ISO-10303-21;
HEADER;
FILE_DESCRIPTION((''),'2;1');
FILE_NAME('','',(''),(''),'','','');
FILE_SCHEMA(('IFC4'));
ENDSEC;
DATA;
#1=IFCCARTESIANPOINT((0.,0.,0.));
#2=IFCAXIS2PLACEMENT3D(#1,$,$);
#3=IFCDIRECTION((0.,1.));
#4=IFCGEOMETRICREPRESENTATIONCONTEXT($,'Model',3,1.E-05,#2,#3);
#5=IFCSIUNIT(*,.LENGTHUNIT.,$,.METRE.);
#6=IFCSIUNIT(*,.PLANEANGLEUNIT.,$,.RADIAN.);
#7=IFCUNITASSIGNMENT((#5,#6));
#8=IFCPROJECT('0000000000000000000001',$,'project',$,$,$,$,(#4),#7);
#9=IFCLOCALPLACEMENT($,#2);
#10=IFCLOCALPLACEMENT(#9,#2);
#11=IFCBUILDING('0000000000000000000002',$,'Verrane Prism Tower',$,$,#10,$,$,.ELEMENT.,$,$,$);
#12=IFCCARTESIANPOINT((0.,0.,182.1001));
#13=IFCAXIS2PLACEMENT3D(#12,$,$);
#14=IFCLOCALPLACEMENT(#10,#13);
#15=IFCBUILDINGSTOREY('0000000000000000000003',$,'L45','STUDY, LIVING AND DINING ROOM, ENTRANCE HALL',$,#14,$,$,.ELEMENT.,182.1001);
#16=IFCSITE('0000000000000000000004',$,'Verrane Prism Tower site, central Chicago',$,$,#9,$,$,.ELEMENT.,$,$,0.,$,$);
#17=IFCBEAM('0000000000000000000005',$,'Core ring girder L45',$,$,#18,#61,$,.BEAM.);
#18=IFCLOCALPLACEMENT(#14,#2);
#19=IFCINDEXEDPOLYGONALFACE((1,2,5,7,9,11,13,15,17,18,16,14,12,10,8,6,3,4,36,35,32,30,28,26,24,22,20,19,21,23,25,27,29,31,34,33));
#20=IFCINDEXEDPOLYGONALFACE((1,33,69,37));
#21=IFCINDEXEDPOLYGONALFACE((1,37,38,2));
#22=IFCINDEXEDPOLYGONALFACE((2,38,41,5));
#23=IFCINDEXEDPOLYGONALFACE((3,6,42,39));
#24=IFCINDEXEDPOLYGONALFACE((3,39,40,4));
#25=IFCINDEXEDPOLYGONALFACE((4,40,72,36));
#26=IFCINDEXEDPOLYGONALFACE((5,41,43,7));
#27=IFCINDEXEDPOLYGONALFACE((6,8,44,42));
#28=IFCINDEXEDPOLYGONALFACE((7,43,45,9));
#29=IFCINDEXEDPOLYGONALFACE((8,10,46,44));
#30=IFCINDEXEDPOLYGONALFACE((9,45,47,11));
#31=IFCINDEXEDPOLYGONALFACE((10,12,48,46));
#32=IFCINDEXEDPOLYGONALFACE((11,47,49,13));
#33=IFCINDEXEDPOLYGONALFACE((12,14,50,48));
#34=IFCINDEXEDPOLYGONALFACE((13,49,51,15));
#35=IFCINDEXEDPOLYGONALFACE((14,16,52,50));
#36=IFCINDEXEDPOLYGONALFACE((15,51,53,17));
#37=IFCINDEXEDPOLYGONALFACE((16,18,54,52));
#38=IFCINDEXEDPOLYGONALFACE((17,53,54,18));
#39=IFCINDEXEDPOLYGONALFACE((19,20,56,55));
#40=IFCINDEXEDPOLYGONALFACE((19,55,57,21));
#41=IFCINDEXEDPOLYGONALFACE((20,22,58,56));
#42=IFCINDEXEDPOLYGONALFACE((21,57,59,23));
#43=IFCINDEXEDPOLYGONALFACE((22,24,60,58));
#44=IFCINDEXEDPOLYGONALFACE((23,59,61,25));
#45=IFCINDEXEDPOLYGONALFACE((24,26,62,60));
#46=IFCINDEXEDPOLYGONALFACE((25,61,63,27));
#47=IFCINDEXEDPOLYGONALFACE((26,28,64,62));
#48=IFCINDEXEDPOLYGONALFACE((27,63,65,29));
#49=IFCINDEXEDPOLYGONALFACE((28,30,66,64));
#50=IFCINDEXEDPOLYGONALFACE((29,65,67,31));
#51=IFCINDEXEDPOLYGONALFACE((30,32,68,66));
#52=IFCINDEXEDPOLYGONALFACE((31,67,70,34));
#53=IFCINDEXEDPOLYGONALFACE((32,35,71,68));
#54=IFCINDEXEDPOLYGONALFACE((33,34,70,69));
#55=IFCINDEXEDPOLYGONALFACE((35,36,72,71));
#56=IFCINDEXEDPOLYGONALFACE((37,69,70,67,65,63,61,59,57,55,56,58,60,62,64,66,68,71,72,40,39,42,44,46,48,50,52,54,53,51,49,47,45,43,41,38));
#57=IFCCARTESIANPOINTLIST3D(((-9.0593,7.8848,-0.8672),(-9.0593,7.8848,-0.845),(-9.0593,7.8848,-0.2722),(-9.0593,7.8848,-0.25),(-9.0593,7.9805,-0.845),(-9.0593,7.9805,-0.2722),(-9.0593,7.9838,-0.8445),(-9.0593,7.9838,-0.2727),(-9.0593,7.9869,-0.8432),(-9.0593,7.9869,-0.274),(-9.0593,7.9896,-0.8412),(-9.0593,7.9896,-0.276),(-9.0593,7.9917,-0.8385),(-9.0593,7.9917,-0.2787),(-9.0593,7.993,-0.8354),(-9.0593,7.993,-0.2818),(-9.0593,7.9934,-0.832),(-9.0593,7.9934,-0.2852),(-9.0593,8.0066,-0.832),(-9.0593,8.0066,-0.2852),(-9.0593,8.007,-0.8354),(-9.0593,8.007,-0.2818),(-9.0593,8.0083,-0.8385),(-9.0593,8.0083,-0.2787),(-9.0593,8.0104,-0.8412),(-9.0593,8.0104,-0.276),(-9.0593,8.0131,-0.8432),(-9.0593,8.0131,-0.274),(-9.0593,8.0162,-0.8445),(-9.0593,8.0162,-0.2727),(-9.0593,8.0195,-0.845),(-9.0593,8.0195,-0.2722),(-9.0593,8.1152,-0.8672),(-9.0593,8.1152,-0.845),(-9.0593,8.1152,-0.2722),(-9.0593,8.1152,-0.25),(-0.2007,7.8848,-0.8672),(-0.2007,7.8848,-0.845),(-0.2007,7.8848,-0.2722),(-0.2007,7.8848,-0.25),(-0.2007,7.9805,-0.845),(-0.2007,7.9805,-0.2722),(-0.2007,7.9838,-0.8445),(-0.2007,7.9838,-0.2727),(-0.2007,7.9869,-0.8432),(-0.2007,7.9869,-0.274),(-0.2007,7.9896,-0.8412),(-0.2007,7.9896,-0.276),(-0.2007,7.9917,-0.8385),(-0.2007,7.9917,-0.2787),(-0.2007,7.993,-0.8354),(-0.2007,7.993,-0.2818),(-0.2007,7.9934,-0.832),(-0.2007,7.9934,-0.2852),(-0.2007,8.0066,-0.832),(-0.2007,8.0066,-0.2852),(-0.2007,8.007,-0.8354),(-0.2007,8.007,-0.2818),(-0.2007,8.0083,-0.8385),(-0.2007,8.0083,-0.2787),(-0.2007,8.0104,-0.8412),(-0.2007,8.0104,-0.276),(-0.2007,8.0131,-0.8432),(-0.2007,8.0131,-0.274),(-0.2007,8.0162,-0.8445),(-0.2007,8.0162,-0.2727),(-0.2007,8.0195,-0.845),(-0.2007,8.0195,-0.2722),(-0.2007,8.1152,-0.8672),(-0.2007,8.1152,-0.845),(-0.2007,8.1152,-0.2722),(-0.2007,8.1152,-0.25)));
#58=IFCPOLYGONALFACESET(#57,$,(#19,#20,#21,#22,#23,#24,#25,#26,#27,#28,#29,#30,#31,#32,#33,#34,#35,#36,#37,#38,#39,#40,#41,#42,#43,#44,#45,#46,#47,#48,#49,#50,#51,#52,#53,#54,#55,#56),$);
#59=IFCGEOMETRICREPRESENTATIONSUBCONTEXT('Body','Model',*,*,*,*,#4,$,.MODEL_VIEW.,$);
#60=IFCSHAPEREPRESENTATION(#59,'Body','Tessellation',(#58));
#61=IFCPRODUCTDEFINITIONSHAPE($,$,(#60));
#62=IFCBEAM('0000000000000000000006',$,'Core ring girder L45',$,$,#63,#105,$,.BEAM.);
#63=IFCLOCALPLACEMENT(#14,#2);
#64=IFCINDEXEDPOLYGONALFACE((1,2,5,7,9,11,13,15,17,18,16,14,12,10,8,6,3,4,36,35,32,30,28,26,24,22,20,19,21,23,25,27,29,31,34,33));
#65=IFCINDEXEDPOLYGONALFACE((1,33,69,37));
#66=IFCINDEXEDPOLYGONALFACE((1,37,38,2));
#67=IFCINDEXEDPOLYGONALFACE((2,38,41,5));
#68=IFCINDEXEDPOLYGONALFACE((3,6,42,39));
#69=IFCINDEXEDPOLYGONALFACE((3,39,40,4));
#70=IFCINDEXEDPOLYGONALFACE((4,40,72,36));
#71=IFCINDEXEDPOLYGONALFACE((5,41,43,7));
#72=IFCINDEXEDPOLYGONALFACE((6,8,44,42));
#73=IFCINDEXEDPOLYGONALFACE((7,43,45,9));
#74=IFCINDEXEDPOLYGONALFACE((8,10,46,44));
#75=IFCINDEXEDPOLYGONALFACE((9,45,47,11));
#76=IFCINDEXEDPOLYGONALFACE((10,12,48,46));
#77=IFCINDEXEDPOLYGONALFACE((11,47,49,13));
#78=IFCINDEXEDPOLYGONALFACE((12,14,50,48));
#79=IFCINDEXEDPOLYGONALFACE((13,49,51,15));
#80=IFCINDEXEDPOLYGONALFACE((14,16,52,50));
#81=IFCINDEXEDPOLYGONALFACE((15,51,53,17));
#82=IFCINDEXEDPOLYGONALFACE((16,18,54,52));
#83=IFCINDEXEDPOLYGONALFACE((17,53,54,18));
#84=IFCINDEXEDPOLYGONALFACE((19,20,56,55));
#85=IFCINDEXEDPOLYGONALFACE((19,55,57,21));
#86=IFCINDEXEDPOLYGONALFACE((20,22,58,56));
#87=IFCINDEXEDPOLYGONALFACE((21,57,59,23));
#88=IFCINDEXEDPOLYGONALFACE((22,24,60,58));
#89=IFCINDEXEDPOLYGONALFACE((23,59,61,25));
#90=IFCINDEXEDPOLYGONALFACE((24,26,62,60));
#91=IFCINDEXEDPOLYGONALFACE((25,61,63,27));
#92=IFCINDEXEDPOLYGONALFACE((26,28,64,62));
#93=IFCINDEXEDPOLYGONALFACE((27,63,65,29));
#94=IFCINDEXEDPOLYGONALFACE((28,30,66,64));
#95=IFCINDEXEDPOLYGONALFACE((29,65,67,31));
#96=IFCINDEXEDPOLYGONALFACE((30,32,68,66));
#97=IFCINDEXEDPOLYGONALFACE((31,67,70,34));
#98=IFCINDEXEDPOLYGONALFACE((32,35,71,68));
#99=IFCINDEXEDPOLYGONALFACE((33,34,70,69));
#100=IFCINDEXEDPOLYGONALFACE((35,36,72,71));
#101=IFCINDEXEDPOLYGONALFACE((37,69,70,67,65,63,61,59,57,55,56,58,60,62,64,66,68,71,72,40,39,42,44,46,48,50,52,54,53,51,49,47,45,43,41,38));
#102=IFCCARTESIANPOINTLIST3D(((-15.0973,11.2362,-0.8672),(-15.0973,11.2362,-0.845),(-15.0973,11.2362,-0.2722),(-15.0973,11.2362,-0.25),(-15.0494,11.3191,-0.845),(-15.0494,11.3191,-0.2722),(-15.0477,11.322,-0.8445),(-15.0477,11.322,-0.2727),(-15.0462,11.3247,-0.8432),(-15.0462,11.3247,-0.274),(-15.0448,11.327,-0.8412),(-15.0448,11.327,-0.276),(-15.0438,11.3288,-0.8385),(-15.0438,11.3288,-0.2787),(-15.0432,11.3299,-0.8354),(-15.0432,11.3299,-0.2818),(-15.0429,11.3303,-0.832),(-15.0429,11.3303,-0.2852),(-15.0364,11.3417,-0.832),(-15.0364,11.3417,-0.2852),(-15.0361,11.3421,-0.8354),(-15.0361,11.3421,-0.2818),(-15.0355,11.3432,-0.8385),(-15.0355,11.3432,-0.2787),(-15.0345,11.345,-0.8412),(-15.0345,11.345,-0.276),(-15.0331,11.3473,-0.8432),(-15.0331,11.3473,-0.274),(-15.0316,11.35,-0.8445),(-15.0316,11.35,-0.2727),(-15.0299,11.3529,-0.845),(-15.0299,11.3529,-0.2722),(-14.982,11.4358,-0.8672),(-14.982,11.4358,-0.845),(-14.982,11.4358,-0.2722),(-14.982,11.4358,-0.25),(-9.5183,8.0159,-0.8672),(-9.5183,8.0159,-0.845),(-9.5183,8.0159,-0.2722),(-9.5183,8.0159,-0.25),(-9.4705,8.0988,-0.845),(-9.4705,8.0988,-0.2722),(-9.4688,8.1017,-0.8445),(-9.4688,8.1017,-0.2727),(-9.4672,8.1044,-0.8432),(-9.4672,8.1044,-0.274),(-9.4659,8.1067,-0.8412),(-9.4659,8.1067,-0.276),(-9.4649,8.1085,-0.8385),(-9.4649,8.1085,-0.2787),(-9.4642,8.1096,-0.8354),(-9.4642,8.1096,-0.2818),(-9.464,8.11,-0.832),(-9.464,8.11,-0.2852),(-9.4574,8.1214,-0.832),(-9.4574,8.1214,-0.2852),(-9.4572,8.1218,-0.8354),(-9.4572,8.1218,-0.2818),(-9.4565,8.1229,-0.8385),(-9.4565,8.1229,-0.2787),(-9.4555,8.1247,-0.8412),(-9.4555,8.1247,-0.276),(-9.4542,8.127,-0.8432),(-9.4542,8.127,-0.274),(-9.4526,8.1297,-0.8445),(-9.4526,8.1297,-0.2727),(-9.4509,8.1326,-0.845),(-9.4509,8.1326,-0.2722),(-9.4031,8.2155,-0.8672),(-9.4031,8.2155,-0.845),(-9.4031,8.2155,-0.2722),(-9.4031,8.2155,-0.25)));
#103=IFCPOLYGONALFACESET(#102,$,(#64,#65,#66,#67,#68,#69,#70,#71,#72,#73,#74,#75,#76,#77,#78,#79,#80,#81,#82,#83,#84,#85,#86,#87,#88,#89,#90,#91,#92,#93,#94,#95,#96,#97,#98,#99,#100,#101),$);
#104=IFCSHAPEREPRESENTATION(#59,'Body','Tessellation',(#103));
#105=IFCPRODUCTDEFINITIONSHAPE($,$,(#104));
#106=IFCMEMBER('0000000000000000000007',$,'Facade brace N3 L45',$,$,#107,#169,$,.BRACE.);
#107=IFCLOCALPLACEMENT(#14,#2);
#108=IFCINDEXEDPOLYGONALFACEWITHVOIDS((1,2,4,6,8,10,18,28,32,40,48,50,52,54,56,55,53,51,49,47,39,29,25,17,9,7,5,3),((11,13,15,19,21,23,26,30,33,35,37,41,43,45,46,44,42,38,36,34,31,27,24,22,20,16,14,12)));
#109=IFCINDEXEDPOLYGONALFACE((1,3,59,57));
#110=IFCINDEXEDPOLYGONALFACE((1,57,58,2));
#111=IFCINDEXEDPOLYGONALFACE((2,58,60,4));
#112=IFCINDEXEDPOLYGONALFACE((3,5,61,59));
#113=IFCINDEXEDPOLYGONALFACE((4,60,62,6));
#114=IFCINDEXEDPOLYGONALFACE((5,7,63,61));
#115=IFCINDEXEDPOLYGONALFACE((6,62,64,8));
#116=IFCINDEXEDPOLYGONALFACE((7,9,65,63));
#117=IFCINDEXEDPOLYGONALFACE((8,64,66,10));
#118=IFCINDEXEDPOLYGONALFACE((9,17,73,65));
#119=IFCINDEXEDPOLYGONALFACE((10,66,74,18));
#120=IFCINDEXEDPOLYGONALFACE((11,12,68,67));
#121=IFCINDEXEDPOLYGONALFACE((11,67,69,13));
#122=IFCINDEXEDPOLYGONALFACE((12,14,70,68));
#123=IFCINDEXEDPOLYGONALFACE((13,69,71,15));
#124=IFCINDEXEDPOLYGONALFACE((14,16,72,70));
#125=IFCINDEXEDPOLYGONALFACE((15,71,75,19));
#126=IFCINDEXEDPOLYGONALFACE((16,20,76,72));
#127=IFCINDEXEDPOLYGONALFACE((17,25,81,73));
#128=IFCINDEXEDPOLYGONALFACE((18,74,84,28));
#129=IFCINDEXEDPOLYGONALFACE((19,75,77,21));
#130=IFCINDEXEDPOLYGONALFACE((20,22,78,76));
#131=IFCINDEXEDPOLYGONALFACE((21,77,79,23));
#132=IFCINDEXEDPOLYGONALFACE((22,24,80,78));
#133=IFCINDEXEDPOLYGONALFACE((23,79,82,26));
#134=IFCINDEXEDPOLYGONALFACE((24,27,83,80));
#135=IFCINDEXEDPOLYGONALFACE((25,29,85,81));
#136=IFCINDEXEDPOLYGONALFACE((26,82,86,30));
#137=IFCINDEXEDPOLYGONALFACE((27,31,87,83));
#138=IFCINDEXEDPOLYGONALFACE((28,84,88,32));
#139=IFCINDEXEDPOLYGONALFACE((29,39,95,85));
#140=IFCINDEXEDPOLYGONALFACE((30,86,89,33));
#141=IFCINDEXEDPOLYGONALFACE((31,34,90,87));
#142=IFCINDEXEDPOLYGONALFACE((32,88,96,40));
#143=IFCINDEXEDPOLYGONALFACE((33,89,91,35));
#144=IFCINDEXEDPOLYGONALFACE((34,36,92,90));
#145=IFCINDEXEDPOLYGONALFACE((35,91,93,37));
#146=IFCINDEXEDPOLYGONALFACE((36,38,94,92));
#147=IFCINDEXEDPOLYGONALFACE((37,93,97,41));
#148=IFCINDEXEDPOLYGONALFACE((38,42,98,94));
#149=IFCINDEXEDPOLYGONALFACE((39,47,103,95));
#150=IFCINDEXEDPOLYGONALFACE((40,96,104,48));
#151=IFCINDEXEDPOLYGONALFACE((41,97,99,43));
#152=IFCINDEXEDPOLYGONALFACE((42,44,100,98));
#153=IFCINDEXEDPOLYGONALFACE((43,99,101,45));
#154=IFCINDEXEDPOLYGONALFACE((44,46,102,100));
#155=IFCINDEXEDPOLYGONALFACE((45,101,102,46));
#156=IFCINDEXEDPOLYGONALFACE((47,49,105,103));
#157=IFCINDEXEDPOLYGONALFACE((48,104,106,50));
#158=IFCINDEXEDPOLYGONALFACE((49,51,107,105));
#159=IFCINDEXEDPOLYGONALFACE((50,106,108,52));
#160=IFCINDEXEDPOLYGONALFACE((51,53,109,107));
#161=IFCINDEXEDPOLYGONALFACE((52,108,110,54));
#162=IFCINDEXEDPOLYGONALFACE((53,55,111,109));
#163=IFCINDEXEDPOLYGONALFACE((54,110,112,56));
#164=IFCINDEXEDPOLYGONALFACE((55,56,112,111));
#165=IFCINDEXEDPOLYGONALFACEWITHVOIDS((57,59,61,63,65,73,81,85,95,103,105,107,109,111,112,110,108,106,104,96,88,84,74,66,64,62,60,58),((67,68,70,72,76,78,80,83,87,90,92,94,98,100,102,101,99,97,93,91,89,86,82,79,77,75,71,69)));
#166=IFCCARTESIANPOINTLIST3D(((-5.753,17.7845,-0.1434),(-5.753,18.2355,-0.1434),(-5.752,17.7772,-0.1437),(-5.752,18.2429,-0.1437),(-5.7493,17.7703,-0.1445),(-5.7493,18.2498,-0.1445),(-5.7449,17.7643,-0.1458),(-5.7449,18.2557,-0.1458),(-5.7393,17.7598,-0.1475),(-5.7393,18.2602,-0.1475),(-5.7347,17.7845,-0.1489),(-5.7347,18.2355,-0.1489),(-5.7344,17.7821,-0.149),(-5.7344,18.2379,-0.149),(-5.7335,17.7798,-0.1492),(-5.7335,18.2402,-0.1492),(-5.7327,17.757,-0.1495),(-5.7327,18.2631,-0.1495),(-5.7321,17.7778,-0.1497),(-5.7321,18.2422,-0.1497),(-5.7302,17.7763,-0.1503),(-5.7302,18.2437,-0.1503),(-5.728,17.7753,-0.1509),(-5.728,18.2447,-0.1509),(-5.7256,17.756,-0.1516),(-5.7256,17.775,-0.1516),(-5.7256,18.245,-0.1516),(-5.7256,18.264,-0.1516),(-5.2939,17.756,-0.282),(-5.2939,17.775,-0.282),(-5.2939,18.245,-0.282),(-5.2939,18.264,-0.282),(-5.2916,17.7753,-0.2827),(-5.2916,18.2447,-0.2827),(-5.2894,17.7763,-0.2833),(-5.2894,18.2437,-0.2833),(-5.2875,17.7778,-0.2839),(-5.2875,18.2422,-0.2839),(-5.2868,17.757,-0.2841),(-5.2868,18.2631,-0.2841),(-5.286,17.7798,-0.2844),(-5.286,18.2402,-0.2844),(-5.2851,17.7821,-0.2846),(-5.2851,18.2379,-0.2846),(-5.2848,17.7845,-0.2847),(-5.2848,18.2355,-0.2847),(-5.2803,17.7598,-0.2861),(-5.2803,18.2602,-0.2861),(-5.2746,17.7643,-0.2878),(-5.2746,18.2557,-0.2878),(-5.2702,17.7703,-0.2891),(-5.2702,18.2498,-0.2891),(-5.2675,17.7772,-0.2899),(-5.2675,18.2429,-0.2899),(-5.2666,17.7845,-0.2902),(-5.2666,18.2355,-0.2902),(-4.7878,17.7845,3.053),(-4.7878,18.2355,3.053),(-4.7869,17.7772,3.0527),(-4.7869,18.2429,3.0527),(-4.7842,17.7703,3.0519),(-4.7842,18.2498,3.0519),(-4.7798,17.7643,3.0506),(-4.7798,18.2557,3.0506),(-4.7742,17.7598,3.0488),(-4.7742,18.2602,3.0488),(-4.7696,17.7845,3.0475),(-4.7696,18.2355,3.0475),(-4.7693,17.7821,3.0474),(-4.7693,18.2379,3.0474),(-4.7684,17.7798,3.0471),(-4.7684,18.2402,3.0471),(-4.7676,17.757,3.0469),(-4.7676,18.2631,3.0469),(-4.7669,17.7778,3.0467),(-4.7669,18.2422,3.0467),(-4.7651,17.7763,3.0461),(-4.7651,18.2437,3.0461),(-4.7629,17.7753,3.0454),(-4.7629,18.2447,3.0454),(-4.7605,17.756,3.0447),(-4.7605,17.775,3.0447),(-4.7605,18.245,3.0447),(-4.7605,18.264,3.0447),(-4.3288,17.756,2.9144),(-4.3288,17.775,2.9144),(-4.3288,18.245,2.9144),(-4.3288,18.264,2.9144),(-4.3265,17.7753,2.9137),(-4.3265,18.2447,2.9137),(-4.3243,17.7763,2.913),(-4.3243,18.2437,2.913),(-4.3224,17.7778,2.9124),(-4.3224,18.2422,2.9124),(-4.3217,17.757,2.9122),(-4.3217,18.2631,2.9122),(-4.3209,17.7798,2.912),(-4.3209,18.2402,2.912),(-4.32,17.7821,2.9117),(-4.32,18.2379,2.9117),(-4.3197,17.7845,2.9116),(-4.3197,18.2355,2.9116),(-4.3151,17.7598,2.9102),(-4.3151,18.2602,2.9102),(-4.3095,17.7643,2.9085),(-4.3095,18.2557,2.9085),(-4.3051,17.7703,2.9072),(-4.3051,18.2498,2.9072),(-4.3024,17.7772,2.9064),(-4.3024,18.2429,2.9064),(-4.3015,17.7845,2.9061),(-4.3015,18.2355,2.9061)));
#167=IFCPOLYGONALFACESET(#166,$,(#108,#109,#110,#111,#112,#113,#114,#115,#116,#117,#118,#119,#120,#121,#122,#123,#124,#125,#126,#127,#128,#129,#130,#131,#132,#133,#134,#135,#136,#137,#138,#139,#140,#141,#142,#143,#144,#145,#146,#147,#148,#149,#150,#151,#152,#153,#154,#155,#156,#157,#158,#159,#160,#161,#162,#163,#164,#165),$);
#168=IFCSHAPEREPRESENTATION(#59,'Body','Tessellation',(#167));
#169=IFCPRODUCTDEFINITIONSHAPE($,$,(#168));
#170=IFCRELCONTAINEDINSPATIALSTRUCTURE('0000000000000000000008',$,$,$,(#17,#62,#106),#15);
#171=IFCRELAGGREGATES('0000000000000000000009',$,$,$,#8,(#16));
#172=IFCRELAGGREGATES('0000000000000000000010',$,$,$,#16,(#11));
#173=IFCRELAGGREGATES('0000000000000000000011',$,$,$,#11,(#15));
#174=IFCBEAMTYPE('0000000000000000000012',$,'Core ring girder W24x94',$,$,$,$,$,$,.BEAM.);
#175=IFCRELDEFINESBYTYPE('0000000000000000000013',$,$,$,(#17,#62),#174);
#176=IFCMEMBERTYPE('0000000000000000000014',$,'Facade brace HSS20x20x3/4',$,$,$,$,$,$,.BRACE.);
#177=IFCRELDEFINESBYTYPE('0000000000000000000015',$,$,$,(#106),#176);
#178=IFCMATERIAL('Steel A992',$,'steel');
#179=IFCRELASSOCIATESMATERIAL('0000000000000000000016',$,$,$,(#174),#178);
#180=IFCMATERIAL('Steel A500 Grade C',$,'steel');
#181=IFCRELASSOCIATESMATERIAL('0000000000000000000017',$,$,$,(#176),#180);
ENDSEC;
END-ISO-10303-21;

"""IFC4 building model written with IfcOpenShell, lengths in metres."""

from ifc_helpers import new_model, si_unit, direction, frame, origin, origin_2d, place, context, subcontext, project, spatial, hollow_rectangle, i_section, extrude, material, material_profile, profile_set, type_object, element, save


model = new_model("IFC4")

# Units and contexts
model_context = context("Model", 3, precision=1e-05, world=origin(), true_north=direction((0.0, 1.0)))
body_context = subcontext(model_context, "Body", "Model", "MODEL_VIEW")
ifc_project = project(units=[si_unit("LENGTHUNIT", "METRE"), si_unit("PLANEANGLEUNIT", "RADIAN")], contexts=[model_context])

# Site, building, storey
site_placement = place(None, origin())
site = spatial("IfcSite", under=ifc_project, at=site_placement, Name="Verrane Prism Tower site, central Chicago", CompositionType="ELEMENT", RefElevation=0.0)
building_placement = place(site_placement, origin())
building = spatial("IfcBuilding", under=site, at=building_placement, Name="Verrane Prism Tower", CompositionType="ELEMENT")
storey_placement = place(building_placement, frame((0.0, 0.0, 182.1001)))
storey = spatial("IfcBuildingStorey", under=building, at=storey_placement, Name="L45", Description="STUDY, LIVING AND DINING ROOM, ENTRANCE HALL", CompositionType="ELEMENT", Elevation=182.1001)

# Beams
ifc_material_1 = material(Name="Steel A992", Category="steel")
ifc_material_profile_1 = material_profile(ifc_material_1, i_section(OverallWidth=0.2305, OverallDepth=0.6172, WebThickness=0.0132, FlangeThickness=0.0222, FilletRadius=0.0129, at=origin_2d()), Name="W24x94")
ifc_profile_set_1 = profile_set([ifc_material_profile_1], Name="Steel A992")
beam_type_1 = type_object("IfcBeamType", Name="Core ring girder W24x94", PredefinedType="BEAM", material=ifc_profile_set_1)
beam_1_placement = place(storey_placement, frame((-0.2007, 8.0, -0.5586), z_axis=(-1.0, 0.0, 0.0), x_axis=(0.0, -1.0, 0.0)))
element("IfcBeam", 1, at=beam_1_placement, inside=storey, type_object=beam_type_1, Name="Core ring girder L45", PredefinedType="BEAM", context=body_context, shape_type="SweptSolid", body=[
    extrude(i_section(OverallWidth=0.2305, OverallDepth=0.6172, WebThickness=0.0132, FlangeThickness=0.0222, FilletRadius=0.0129, at=origin_2d()), origin(), (0.0, 0.0, 1.0), 8.8586),
])
beam_2_placement = place(storey_placement, frame((-9.4607, 8.1157, -0.5586), z_axis=(-0.866075, 0.499914, 0.0), x_axis=(-0.499914, -0.866075, 0.0)))
element("IfcBeam", 2, at=beam_2_placement, inside=storey, type_object=beam_type_1, Name="Core ring girder L45", PredefinedType="BEAM", context=body_context, shape_type="SweptSolid", body=[
    extrude(i_section(OverallWidth=0.2305, OverallDepth=0.6172, WebThickness=0.0132, FlangeThickness=0.0222, FilletRadius=0.0129, at=origin_2d()), origin(), (0.0, 0.0, 1.0), 6.4417),
])

# Member
ifc_material_2 = material(Name="Steel A500 Grade C", Category="steel")
ifc_material_profile_2 = material_profile(ifc_material_2, hollow_rectangle(XDim=0.5081, YDim=0.5081, WallThickness=0.019, InnerFilletRadius=0.0095, OuterFilletRadius=0.0286, at=origin_2d()), Name="HSS20x20x3/4")
ifc_profile_set_2 = profile_set([ifc_material_profile_2], Name="Steel A500 Grade C")
member_type_1 = type_object("IfcMemberType", Name="Facade brace HSS20x20x3/4", PredefinedType="BRACE", material=ifc_profile_set_2)
member_1_placement = place(storey_placement, frame((-5.5098, 18.01, -0.2168), z_axis=(0.289051, 0.0, 0.957314), x_axis=(0.0, 1.0, 0.0)))
element("IfcMember", 3, at=member_1_placement, inside=storey, type_object=member_type_1, Name="Facade brace N3 L45", PredefinedType="BRACE", context=body_context, shape_type="SweptSolid", body=[
    extrude(hollow_rectangle(XDim=0.5081, YDim=0.5081, WallThickness=0.019, InnerFilletRadius=0.0095, OuterFilletRadius=0.0286, at=origin_2d()), origin(), (0.0, 0.0, 1.0), 3.3389),
])

save(model, "model.ifc")
